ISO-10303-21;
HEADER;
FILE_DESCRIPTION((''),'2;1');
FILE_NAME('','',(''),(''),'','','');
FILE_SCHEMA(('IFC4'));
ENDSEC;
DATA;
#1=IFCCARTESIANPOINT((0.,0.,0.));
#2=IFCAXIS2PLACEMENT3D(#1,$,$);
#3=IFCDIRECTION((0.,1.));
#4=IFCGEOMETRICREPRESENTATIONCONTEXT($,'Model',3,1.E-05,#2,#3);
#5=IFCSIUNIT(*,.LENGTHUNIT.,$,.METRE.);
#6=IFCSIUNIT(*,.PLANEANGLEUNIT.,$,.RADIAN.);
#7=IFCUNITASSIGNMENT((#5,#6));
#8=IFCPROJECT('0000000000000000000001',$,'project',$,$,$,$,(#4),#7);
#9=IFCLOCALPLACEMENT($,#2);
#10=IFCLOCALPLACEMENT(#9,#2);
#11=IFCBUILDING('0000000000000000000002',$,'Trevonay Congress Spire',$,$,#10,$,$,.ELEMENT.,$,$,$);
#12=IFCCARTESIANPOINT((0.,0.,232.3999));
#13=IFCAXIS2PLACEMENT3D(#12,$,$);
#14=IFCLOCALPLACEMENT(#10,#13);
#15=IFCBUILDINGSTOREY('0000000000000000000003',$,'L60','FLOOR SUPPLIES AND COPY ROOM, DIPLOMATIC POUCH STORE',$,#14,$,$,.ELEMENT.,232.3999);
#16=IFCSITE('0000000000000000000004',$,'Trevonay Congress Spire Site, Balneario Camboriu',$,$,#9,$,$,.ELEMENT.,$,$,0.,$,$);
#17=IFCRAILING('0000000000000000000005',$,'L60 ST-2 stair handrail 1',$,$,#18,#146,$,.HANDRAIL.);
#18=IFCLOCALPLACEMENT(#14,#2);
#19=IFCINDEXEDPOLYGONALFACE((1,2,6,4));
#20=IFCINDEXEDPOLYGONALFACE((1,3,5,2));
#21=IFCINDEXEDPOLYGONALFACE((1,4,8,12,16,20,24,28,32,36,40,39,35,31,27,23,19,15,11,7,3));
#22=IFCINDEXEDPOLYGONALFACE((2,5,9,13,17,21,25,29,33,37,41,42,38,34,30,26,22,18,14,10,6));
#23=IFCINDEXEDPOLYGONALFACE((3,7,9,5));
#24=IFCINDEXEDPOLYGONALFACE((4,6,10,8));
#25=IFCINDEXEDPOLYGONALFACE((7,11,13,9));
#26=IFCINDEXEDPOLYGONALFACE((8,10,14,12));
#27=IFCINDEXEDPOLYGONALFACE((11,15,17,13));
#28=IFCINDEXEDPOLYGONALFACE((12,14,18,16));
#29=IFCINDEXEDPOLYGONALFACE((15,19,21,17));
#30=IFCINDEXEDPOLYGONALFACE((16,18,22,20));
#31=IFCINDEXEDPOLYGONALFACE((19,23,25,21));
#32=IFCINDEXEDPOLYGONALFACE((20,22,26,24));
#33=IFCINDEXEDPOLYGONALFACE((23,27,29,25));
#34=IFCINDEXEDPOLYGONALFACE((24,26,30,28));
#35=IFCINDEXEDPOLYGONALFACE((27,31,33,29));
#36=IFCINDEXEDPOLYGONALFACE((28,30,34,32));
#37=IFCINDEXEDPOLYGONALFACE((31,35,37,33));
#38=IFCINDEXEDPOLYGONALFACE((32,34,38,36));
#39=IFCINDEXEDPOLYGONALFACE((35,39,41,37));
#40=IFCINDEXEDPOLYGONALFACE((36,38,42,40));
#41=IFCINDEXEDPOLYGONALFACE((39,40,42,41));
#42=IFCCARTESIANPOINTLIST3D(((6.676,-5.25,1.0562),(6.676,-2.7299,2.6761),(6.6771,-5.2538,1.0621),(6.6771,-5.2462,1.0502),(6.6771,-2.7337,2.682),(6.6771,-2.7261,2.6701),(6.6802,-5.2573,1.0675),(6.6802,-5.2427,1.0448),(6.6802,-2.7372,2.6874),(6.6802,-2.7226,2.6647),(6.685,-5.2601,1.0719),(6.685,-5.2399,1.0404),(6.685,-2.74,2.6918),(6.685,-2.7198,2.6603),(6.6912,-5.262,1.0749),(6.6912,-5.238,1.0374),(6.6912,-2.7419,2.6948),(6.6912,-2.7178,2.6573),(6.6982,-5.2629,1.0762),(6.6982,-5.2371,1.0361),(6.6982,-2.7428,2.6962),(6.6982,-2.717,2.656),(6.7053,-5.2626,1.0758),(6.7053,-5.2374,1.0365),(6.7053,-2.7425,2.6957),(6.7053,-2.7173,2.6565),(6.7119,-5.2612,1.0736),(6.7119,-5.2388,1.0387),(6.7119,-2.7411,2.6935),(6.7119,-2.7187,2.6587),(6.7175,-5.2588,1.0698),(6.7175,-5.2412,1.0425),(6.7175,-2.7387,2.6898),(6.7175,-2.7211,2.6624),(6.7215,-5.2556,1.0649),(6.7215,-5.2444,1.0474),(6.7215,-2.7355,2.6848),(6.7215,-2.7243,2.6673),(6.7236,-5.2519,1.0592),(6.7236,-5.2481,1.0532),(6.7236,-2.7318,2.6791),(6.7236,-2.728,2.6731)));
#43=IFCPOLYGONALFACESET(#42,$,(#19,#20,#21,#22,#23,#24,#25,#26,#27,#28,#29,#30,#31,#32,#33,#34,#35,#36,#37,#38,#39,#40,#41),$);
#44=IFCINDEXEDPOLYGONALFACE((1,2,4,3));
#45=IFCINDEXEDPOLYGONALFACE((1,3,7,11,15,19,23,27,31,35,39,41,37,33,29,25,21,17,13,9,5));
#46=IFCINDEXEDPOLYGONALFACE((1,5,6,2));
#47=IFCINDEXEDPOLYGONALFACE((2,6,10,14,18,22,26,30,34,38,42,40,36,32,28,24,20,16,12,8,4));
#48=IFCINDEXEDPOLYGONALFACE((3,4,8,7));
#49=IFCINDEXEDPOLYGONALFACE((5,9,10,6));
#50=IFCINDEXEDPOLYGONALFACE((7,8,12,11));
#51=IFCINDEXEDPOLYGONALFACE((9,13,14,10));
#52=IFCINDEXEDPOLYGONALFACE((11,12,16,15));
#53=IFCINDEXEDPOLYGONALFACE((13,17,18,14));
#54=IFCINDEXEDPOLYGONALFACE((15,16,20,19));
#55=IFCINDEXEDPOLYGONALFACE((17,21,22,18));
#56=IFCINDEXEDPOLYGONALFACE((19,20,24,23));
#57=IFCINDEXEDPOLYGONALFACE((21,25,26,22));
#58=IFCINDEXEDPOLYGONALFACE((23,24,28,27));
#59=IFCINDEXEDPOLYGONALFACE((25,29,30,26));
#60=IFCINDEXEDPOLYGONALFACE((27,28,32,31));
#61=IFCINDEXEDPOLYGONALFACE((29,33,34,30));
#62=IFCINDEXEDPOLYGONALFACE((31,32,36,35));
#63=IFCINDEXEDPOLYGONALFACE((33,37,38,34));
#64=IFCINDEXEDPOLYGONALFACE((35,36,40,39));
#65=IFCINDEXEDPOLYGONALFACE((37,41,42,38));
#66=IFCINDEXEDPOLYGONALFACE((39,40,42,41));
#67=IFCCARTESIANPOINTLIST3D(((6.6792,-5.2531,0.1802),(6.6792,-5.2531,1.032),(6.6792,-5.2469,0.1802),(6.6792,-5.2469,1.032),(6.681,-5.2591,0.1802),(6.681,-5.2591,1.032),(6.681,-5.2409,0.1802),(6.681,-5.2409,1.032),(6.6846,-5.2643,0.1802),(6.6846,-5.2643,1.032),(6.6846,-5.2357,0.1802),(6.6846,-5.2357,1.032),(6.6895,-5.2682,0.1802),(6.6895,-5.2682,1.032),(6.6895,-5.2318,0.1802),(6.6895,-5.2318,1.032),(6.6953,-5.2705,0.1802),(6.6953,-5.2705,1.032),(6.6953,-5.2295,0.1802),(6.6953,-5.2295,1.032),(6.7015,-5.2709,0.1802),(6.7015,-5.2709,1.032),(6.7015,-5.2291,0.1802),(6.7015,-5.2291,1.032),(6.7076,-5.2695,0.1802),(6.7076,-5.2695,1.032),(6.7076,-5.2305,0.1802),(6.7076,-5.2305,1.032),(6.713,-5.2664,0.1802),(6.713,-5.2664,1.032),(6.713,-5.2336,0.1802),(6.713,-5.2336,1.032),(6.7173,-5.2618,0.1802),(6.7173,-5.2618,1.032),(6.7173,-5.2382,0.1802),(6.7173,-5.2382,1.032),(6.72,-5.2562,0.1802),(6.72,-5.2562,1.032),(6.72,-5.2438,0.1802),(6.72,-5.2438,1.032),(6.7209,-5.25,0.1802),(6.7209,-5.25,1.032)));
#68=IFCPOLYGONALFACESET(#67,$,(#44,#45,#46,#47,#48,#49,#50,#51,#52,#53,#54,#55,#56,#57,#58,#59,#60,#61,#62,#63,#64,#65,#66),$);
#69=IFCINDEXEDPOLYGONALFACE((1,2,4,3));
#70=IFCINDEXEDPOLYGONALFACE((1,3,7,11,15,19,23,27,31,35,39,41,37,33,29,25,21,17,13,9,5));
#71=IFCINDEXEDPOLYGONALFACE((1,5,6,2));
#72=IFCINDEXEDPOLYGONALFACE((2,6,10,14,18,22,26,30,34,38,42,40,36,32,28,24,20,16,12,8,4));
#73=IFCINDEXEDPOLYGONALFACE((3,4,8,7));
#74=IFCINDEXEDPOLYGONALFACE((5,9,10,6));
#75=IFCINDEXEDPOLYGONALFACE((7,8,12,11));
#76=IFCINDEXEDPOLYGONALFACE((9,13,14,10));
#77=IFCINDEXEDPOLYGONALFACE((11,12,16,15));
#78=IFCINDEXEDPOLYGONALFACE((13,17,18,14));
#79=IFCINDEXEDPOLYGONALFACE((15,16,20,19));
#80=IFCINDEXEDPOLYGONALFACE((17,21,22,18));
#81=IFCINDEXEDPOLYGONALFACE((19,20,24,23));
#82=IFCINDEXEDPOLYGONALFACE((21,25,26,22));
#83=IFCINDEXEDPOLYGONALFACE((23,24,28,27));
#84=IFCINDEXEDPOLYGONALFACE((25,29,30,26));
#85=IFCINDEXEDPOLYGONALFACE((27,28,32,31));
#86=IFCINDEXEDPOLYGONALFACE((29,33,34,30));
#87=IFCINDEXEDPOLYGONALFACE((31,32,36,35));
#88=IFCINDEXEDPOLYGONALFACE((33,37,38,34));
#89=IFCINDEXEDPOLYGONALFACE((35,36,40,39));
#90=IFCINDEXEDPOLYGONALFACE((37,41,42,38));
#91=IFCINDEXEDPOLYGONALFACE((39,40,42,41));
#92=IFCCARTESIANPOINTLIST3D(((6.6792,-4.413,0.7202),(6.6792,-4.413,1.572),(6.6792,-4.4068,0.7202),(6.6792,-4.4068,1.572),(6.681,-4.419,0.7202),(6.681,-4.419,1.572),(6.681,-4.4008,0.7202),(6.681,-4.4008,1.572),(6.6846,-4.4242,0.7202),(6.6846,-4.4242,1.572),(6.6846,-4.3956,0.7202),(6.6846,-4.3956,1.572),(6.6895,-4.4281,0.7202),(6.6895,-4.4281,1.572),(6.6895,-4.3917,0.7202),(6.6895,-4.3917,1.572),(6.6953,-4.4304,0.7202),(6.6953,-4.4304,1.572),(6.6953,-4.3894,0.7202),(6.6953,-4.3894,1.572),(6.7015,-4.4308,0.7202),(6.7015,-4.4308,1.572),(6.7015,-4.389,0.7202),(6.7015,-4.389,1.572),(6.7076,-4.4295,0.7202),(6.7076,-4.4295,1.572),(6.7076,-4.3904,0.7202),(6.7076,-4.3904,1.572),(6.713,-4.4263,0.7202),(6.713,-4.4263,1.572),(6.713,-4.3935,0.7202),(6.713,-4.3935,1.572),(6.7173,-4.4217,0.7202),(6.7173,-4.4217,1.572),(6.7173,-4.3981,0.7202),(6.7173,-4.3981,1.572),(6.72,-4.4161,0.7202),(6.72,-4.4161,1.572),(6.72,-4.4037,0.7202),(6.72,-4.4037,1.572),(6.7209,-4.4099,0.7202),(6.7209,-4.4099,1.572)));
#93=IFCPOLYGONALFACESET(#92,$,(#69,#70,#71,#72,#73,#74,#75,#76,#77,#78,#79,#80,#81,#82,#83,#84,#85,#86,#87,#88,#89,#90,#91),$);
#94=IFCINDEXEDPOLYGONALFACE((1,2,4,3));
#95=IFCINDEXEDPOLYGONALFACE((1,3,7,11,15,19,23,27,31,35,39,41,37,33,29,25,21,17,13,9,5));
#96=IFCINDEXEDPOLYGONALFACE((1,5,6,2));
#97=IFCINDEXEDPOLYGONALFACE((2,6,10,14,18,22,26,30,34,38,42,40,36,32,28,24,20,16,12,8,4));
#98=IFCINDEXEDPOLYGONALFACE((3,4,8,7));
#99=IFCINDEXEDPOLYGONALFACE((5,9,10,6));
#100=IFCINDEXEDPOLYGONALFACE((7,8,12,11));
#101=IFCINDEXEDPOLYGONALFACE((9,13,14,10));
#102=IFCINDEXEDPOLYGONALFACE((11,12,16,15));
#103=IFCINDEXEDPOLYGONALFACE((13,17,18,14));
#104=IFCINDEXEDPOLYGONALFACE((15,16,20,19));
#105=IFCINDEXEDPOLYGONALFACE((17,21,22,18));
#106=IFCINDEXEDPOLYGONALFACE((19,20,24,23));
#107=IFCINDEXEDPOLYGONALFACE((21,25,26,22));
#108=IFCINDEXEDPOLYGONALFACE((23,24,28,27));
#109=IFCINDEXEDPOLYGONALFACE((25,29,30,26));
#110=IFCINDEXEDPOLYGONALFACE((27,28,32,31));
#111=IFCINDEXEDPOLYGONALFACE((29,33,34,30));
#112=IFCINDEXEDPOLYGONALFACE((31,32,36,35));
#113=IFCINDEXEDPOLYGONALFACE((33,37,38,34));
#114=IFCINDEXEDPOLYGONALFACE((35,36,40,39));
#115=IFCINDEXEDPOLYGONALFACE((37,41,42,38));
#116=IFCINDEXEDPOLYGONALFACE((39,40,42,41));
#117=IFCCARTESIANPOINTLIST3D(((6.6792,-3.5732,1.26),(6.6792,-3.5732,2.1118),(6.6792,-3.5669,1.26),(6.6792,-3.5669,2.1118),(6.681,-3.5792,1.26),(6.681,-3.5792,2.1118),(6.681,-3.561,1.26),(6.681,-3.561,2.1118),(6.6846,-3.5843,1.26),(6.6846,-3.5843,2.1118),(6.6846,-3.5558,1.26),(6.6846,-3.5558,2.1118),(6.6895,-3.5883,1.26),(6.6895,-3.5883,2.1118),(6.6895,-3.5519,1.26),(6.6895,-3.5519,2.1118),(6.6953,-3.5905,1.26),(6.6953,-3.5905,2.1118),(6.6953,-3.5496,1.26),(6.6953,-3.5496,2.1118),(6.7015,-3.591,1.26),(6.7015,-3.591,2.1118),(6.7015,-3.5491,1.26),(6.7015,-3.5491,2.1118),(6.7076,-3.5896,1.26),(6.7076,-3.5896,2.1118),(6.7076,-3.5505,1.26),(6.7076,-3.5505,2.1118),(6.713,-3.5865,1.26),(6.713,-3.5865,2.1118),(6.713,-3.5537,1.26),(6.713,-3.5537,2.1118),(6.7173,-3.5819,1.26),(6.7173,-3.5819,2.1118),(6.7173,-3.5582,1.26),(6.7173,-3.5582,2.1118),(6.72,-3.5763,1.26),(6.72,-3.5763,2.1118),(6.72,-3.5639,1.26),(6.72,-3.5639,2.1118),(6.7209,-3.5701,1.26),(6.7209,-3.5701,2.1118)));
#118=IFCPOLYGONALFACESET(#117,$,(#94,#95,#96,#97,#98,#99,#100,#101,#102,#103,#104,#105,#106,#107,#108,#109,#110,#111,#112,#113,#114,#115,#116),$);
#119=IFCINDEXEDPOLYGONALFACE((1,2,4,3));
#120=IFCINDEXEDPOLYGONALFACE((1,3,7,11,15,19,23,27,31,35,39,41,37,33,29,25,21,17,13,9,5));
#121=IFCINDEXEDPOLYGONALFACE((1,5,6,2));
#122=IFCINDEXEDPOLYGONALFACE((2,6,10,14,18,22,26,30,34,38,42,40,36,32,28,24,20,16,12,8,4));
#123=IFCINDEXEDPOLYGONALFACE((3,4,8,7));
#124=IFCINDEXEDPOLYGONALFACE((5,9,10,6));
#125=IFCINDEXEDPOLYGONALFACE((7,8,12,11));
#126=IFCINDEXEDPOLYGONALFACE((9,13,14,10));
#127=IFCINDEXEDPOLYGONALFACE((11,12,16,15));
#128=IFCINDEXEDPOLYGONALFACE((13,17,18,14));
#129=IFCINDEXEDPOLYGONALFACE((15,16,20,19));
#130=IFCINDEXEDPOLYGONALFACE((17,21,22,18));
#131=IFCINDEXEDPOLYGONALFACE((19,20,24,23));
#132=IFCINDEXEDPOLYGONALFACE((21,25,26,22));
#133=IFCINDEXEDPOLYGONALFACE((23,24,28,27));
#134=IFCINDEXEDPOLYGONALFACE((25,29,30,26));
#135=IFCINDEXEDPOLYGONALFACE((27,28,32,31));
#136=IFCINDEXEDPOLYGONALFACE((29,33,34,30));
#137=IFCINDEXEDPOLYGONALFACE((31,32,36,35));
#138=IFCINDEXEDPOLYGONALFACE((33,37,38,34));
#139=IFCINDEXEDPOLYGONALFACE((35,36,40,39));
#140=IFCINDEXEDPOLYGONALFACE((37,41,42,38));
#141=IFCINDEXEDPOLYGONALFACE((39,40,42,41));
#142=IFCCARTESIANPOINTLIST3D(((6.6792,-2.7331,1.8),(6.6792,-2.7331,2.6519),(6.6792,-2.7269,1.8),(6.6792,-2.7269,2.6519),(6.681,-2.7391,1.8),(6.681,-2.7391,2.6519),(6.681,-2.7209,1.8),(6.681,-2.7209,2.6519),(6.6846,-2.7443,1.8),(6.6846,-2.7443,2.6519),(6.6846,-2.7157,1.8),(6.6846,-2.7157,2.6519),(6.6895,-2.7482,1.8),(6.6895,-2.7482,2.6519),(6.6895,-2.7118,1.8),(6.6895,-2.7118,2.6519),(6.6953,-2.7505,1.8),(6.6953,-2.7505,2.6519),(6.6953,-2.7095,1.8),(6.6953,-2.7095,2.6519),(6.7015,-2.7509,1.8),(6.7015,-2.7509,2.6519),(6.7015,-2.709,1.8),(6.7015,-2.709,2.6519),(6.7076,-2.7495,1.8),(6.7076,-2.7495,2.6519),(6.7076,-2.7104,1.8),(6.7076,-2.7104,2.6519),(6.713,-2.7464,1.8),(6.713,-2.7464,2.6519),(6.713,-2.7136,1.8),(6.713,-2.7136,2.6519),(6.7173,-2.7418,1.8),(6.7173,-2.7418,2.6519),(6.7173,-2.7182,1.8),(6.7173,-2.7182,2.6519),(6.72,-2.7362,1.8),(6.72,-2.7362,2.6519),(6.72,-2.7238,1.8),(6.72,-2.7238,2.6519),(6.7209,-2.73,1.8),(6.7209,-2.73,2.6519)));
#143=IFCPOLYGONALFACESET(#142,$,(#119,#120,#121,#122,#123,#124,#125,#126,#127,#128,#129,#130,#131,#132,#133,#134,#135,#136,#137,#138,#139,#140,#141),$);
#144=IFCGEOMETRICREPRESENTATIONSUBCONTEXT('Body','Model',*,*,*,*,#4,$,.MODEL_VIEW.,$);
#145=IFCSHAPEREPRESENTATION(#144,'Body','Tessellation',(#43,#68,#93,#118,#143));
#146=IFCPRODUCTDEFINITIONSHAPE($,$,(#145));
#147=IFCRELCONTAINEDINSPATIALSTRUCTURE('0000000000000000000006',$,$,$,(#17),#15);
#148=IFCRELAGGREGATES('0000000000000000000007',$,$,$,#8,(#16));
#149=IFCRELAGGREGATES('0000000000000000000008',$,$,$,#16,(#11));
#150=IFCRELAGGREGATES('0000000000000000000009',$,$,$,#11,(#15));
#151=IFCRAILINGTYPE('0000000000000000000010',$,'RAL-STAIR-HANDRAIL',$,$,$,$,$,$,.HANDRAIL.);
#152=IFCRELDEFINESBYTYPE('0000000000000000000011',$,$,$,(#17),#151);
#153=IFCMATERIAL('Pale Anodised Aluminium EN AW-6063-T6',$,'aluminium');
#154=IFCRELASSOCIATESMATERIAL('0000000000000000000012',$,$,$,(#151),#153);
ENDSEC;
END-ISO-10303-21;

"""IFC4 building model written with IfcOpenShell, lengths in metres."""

from ifc_helpers import new_model, si_unit, direction, frame, origin, origin_2d, place, context, subcontext, project, spatial, circle, extrude, material, type_object, element, save


model = new_model("IFC4")

# Units and contexts
model_context = context("Model", 3, precision=1e-05, world=origin(), true_north=direction((0.0, 1.0)))
body_context = subcontext(model_context, "Body", "Model", "MODEL_VIEW")
ifc_project = project(units=[si_unit("LENGTHUNIT", "METRE"), si_unit("PLANEANGLEUNIT", "RADIAN")], contexts=[model_context])

# Site, building, storey
site_placement = place(None, origin())
site = spatial("IfcSite", under=ifc_project, at=site_placement, Name="Trevonay Congress Spire Site, Balneario Camboriu", CompositionType="ELEMENT", RefElevation=0.0)
building_placement = place(site_placement, origin())
building = spatial("IfcBuilding", under=site, at=building_placement, Name="Trevonay Congress Spire", CompositionType="ELEMENT")
storey_placement = place(building_placement, frame((0.0, 0.0, 232.3999)))
storey = spatial("IfcBuildingStorey", under=building, at=storey_placement, Name="L60", Description="FLOOR SUPPLIES AND COPY ROOM, DIPLOMATIC POUCH STORE", CompositionType="ELEMENT", Elevation=232.3999)

# Shared definitions
ifc_material_1 = material(Name="Pale Anodised Aluminium EN AW-6063-T6", Category="aluminium")

# Railing
railing_type_1 = type_object("IfcRailingType", Name="RAL-STAIR-HANDRAIL", PredefinedType="HANDRAIL", material=ifc_material_1)
railing_1_placement = place(storey_placement, frame((6.7, -5.25, 0.1802)))
element("IfcRailing", 1, at=railing_1_placement, inside=storey, type_object=railing_type_1, Name="L60 ST-2 stair handrail 1", PredefinedType="HANDRAIL", context=body_context, shape_type="SweptSolid", body=[
    extrude(circle(Radius=0.0239, at=origin_2d()), frame((0.0, 0.0, 0.876), z_axis=(0.0, 0.8412, 0.540725), x_axis=(-1.0, 0.0, 0.0)), (0.0, 0.0, 1.0), 2.9958),
    extrude(circle(Radius=0.021, at=origin_2d()), origin(), (0.0, 0.0, 1.0), 0.8518),
    extrude(circle(Radius=0.021, at=origin_2d()), frame((0.0, 0.8401, 0.54)), (0.0, 0.0, 1.0), 0.8518),
    extrude(circle(Radius=0.021, at=origin_2d()), frame((0.0, 1.6799, 1.0798)), (0.0, 0.0, 1.0), 0.8518),
    extrude(circle(Radius=0.021, at=origin_2d()), frame((0.0, 2.52, 1.6199)), (0.0, 0.0, 1.0), 0.8518),
])

save(model, "model.ifc")
